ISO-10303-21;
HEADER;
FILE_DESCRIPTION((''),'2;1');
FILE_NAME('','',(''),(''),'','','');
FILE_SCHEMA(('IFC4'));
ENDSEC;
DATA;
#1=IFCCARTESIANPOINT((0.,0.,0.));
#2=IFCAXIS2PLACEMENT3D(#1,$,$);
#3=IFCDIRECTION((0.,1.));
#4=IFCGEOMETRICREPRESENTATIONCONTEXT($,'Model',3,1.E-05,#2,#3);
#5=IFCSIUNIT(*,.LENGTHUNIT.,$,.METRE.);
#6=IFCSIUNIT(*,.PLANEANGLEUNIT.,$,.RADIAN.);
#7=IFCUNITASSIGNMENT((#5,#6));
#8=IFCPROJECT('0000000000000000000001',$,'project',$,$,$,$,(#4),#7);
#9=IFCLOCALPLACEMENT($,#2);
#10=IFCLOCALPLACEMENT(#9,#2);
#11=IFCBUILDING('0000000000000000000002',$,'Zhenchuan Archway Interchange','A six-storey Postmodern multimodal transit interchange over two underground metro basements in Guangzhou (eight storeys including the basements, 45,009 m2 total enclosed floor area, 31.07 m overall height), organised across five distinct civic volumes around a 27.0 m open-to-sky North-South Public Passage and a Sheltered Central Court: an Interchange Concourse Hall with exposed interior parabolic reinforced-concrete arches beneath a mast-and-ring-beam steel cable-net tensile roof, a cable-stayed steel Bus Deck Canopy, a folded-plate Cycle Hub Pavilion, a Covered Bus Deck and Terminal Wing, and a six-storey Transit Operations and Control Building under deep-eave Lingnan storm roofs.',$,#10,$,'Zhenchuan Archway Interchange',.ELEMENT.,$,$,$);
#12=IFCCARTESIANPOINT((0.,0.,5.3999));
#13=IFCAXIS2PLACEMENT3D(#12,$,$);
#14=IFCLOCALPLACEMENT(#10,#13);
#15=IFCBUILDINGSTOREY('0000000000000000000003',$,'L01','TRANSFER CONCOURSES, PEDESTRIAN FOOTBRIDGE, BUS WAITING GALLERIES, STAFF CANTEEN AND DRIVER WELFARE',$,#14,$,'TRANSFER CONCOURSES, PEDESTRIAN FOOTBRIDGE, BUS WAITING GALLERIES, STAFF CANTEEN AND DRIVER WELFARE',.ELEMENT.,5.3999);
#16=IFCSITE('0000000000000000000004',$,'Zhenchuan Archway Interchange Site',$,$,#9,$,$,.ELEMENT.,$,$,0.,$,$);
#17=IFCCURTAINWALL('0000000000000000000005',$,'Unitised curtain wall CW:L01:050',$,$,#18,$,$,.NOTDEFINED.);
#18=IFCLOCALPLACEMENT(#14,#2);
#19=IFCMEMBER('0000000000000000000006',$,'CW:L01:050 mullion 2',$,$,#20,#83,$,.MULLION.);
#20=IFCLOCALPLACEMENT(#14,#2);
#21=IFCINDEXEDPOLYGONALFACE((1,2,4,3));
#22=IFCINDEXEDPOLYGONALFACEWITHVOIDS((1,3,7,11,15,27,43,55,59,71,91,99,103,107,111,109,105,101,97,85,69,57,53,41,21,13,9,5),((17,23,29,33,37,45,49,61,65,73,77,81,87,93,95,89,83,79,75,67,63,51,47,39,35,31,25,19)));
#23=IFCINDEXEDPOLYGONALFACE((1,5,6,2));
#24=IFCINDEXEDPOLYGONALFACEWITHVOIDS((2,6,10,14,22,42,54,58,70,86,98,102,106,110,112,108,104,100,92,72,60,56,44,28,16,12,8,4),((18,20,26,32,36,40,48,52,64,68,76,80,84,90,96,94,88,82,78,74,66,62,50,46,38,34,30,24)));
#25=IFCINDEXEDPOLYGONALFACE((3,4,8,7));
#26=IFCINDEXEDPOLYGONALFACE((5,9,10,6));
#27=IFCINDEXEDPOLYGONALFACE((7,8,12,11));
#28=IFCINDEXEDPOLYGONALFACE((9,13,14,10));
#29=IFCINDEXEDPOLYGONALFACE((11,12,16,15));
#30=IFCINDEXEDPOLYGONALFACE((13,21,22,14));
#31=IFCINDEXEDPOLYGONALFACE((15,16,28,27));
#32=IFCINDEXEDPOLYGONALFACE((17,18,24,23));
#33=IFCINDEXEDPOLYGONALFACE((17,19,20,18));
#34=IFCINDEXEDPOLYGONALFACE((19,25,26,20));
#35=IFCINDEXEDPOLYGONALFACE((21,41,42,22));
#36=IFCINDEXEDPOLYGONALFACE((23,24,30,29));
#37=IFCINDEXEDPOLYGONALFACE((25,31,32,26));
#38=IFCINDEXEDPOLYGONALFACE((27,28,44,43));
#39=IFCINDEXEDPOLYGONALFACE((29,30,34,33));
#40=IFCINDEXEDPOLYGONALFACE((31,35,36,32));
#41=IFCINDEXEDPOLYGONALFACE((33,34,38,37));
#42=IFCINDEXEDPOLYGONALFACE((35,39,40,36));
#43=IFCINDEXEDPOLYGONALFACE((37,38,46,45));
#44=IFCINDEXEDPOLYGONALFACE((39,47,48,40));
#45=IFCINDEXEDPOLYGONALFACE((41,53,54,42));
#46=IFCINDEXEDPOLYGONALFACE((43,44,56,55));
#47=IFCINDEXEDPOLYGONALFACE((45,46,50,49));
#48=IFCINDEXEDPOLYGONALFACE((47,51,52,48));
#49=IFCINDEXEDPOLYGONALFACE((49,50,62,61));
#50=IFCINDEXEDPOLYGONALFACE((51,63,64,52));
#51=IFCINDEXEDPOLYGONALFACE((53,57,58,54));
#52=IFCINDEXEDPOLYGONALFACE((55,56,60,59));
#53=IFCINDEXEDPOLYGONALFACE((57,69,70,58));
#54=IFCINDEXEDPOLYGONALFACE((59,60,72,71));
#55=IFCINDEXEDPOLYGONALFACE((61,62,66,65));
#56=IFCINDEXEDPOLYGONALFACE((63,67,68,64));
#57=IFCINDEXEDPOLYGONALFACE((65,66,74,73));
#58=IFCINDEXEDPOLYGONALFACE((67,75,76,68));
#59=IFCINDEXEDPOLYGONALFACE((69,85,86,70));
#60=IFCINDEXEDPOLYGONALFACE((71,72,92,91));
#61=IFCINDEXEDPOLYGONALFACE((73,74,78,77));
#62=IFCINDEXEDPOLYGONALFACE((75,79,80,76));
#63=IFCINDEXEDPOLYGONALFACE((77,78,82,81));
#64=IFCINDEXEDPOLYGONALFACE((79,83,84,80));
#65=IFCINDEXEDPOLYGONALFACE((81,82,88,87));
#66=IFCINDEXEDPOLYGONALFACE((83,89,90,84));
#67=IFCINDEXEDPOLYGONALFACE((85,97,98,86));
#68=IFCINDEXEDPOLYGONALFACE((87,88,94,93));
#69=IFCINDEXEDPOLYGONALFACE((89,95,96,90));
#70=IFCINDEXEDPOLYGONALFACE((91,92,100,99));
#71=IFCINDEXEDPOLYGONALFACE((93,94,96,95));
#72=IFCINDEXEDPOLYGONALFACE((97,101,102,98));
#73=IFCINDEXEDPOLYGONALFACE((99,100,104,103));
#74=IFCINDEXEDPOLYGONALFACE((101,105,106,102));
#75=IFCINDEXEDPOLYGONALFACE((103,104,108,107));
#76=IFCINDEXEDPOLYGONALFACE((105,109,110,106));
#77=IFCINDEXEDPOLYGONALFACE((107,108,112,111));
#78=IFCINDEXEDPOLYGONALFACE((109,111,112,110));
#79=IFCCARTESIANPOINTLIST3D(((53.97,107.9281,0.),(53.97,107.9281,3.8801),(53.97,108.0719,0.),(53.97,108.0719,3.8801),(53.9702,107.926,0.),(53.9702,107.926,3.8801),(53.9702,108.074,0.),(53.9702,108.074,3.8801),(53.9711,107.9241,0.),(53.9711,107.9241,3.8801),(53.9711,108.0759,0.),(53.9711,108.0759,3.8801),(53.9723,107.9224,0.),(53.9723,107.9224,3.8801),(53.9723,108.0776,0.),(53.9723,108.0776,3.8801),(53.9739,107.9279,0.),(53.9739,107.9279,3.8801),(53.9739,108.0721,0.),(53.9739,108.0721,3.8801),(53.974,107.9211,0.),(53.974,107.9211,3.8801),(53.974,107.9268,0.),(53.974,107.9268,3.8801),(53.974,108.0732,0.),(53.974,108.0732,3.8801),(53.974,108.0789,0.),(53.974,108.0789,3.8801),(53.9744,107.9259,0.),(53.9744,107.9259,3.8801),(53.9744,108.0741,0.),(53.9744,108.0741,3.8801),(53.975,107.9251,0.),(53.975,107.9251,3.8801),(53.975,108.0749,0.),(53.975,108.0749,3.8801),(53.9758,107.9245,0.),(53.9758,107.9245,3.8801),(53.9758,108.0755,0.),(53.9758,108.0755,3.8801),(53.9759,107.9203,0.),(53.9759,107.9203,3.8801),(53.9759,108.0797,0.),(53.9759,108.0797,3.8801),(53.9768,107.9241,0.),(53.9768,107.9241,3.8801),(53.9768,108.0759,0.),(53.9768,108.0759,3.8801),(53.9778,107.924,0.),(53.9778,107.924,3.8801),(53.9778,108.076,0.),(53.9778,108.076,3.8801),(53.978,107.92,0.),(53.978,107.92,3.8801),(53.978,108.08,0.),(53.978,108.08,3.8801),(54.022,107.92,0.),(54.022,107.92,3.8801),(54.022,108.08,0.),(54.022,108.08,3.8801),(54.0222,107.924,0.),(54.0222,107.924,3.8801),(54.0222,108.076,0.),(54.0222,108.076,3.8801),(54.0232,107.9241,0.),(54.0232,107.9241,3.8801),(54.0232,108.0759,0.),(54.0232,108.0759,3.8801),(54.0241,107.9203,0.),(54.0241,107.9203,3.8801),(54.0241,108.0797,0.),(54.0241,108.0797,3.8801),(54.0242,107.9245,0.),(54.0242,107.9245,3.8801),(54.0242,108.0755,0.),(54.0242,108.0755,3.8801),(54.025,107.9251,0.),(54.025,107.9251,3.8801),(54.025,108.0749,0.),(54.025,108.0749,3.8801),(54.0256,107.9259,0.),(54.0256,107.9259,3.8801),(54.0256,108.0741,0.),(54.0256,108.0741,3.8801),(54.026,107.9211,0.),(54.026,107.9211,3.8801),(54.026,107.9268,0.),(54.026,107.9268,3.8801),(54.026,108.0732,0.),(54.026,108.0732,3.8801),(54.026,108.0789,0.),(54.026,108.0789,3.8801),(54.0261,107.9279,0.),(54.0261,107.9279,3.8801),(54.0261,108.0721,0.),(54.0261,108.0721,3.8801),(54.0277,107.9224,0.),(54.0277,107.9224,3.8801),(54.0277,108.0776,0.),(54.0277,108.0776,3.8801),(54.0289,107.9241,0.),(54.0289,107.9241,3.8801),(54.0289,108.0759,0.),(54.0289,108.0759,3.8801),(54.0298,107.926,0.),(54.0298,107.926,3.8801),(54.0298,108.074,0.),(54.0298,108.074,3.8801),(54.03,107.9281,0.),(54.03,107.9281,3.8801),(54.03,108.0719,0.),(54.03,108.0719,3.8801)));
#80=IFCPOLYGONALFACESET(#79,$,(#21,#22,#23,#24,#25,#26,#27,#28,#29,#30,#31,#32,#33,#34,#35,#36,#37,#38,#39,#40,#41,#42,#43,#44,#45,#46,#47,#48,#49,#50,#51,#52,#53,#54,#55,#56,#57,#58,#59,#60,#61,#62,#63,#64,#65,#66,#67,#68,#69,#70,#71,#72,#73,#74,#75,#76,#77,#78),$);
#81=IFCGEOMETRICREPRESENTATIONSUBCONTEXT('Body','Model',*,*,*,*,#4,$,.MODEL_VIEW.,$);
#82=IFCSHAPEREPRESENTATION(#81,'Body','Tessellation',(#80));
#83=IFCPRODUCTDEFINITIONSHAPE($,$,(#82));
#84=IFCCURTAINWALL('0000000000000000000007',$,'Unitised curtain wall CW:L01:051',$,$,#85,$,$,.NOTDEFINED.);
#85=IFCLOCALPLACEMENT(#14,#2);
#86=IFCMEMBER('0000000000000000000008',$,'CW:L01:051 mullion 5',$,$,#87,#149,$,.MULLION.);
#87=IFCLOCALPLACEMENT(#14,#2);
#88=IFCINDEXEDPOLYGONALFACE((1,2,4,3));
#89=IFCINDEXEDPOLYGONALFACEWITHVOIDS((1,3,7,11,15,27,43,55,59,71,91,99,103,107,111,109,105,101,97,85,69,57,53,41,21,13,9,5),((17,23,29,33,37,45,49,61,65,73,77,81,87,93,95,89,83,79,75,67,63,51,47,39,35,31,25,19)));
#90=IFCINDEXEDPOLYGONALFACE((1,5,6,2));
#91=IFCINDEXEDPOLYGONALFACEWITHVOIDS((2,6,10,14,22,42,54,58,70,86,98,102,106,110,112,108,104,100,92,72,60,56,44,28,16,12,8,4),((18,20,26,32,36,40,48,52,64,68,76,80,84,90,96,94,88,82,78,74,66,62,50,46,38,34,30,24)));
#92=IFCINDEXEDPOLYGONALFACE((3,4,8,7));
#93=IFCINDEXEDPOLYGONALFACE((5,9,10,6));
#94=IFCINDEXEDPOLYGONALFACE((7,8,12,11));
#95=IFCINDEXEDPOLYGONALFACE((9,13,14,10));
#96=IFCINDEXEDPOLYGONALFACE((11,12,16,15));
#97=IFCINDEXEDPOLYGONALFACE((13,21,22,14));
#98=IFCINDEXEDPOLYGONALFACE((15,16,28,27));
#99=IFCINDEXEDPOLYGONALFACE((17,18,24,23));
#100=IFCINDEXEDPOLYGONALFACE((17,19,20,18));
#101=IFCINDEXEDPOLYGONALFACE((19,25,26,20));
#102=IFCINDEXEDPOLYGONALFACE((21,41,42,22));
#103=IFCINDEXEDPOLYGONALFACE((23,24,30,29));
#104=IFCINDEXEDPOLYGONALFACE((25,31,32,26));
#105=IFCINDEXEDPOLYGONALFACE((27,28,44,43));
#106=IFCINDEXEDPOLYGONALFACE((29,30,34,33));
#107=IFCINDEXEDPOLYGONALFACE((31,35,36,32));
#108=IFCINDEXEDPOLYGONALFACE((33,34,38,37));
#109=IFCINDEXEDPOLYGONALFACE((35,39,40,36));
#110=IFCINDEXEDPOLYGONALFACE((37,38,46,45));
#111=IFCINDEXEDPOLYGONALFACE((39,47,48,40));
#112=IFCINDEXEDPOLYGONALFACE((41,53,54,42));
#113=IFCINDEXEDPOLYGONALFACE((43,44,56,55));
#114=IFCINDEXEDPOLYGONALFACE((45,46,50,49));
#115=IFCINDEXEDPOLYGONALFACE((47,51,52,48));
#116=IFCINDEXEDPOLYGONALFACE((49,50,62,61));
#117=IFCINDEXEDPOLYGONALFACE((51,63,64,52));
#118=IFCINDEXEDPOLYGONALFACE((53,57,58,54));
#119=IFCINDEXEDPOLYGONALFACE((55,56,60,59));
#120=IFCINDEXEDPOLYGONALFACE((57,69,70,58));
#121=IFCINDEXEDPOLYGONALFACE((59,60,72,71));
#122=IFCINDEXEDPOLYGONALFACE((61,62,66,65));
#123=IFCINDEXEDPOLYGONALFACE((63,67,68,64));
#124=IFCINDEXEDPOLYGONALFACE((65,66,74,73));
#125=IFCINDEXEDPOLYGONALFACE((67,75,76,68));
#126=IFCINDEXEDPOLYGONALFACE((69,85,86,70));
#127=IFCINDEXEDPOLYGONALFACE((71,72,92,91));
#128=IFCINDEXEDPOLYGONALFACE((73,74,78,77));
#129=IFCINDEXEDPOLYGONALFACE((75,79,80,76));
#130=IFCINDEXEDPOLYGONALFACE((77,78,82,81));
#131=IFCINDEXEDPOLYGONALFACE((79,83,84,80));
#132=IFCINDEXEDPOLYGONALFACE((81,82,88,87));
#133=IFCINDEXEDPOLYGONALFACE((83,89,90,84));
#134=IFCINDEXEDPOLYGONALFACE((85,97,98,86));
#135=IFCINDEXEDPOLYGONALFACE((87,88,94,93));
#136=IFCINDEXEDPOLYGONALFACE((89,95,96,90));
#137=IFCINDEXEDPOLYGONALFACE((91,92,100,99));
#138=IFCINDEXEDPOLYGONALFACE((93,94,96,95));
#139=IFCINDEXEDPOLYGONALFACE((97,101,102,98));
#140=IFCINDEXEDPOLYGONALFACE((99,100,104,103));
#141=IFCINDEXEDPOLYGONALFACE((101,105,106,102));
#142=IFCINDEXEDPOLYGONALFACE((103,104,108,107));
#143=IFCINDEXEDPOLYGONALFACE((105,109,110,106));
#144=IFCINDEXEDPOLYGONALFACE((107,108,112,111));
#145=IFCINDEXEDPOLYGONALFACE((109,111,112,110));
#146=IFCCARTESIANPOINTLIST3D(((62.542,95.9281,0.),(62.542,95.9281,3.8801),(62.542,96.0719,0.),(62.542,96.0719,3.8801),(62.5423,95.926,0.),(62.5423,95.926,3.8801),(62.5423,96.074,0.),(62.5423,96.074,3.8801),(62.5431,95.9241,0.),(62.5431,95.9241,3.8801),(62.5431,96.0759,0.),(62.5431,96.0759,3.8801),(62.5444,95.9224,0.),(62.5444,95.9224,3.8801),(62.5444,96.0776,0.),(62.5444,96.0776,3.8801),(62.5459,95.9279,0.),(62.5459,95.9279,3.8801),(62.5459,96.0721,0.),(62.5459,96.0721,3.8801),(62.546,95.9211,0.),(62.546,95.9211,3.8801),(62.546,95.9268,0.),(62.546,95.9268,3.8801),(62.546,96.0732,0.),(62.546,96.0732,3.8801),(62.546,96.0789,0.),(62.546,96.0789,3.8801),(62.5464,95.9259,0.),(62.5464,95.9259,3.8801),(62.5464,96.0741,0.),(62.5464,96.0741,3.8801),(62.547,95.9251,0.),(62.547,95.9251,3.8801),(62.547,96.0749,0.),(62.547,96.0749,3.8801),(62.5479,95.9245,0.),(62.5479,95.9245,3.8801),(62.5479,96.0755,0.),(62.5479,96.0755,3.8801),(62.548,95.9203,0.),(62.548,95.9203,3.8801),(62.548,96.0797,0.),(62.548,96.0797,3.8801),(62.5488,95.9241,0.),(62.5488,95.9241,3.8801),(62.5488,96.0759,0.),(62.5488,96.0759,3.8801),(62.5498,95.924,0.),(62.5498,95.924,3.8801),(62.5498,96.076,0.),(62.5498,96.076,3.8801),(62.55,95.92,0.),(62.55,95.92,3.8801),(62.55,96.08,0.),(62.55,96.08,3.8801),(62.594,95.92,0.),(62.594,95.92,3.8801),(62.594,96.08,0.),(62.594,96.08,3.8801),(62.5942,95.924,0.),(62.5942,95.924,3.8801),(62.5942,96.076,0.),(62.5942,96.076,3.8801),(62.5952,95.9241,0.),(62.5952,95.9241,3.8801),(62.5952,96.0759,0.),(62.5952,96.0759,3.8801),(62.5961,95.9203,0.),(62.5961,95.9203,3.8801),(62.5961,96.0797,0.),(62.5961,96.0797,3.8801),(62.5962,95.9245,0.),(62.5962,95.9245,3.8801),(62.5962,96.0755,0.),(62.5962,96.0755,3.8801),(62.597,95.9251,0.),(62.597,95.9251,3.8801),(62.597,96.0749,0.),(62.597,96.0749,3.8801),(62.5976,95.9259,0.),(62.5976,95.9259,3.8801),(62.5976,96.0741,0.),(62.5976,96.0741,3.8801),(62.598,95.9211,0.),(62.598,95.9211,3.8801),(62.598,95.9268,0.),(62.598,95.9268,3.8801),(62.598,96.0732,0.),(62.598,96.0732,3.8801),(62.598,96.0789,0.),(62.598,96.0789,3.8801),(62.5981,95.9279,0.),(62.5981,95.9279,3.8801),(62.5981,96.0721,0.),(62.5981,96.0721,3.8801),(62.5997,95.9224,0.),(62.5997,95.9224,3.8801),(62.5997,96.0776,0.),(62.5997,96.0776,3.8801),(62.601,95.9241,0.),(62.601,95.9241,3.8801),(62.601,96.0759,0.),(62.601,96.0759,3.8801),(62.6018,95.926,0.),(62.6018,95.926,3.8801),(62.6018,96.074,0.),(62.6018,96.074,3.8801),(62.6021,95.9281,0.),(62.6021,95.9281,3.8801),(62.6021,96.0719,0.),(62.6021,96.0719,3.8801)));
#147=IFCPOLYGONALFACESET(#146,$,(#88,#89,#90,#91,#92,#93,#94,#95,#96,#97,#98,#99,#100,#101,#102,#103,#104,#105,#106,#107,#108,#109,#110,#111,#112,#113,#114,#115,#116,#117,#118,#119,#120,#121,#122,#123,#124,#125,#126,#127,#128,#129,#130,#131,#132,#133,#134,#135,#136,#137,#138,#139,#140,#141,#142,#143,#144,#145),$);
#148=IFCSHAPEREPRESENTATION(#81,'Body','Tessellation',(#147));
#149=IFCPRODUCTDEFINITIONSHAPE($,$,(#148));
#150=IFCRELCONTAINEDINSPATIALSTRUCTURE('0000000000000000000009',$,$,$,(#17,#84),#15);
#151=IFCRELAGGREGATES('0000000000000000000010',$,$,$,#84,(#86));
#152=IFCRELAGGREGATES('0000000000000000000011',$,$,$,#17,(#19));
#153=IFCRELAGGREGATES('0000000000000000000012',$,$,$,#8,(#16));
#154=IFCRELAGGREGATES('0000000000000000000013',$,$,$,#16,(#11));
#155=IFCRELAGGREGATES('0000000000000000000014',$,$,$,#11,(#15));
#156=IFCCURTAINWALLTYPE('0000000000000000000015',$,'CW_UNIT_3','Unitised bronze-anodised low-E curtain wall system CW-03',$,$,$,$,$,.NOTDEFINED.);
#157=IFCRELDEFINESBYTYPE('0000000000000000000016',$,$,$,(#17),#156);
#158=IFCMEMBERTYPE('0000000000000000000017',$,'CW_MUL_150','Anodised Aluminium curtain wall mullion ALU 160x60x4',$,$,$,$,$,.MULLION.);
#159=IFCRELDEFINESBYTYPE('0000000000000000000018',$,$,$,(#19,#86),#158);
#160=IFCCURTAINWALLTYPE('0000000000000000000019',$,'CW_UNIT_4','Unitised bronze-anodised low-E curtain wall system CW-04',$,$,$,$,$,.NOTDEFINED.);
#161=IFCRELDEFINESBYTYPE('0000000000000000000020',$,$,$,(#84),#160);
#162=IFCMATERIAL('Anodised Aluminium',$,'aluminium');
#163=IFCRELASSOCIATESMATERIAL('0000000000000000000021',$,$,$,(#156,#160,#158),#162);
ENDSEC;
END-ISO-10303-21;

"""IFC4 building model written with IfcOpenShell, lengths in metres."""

from ifc_helpers import new_model, si_unit, direction, frame, origin, origin_2d, place, context, subcontext, project, spatial, hollow_rectangle, extrude, material, material_profile, profile_set, type_object, element, aggregate, save


model = new_model("IFC4")

# Units and contexts
model_context = context("Model", 3, precision=1e-05, world=origin(), true_north=direction((0.0, 1.0)))
body_context = subcontext(model_context, "Body", "Model", "MODEL_VIEW")
ifc_project = project(units=[si_unit("LENGTHUNIT", "METRE"), si_unit("PLANEANGLEUNIT", "RADIAN")], contexts=[model_context])

# Site, building, storey
site_placement = place(None, origin())
site = spatial("IfcSite", under=ifc_project, at=site_placement, Name="Zhenchuan Archway Interchange Site", CompositionType="ELEMENT", RefElevation=0.0)
building_placement = place(site_placement, origin())
building = spatial("IfcBuilding", under=site, at=building_placement, Name="Zhenchuan Archway Interchange", Description="A six-storey Postmodern multimodal transit interchange over two underground metro basements in Guangzhou (eight storeys including the basements, 45,009 m2 total enclosed floor area, 31.07 m overall height), organised across five distinct civic volumes around a 27.0 m open-to-sky North-South Public Passage and a Sheltered Central Court: an Interchange Concourse Hall with exposed interior parabolic reinforced-concrete arches beneath a mast-and-ring-beam steel cable-net tensile roof, a cable-stayed steel Bus Deck Canopy, a folded-plate Cycle Hub Pavilion, a Covered Bus Deck and Terminal Wing, and a six-storey Transit Operations and Control Building under deep-eave Lingnan storm roofs.", LongName="Zhenchuan Archway Interchange", CompositionType="ELEMENT")
storey_placement = place(building_placement, frame((0.0, 0.0, 5.3999)))
storey = spatial("IfcBuildingStorey", under=building, at=storey_placement, Name="L01", Description="TRANSFER CONCOURSES, PEDESTRIAN FOOTBRIDGE, BUS WAITING GALLERIES, STAFF CANTEEN AND DRIVER WELFARE", LongName="TRANSFER CONCOURSES, PEDESTRIAN FOOTBRIDGE, BUS WAITING GALLERIES, STAFF CANTEEN AND DRIVER WELFARE", CompositionType="ELEMENT", Elevation=5.3999)

# Curtain wall, member
ifc_material_1 = material(Name="Anodised Aluminium", Category="aluminium")
curtain_wall_type_1 = type_object("IfcCurtainWallType", Name="CW_UNIT_3", Description="Unitised bronze-anodised low-E curtain wall system CW-03", PredefinedType="NOTDEFINED", material=ifc_material_1)
curtain_wall_1_placement = place(storey_placement, origin())
curtain_wall_1 = element("IfcCurtainWall", 1, at=curtain_wall_1_placement, inside=storey, type_object=curtain_wall_type_1, Name="Unitised curtain wall CW:L01:050", PredefinedType="NOTDEFINED")
ifc_material_profile_1 = material_profile(ifc_material_1, hollow_rectangle(XDim=0.0601, YDim=0.1599, WallThickness=0.0039, InnerFilletRadius=0.0039, OuterFilletRadius=0.0081, at=origin_2d()), Name="ALU 160x60x4")
ifc_profile_set_1 = profile_set([ifc_material_profile_1], Name="Anodised Aluminium")
member_type_1 = type_object("IfcMemberType", Name="CW_MUL_150", Description="Anodised Aluminium curtain wall mullion ALU 160x60x4", PredefinedType="MULLION", material=ifc_profile_set_1)
member_1_placement = place(storey_placement, frame((54.0, 108.0, 0.0), z_axis=(0.0, 0.0, 1.0), x_axis=(1.0, 0.0, 0.0)))
member_1 = element("IfcMember", 2, at=member_1_placement, type_object=member_type_1, Name="CW:L01:050 mullion 2", PredefinedType="MULLION", context=body_context, shape_type="SweptSolid", body=[
    extrude(hollow_rectangle(XDim=0.0601, YDim=0.1599, WallThickness=0.0039, InnerFilletRadius=0.0039, OuterFilletRadius=0.0081, at=origin_2d()), origin(), (0.0, 0.0, 1.0), 3.8801),
])

# Curtain wall, member
curtain_wall_type_2 = type_object("IfcCurtainWallType", Name="CW_UNIT_4", Description="Unitised bronze-anodised low-E curtain wall system CW-04", PredefinedType="NOTDEFINED", material=ifc_material_1)
curtain_wall_2_placement = place(storey_placement, origin())
curtain_wall_2 = element("IfcCurtainWall", 3, at=curtain_wall_2_placement, inside=storey, type_object=curtain_wall_type_2, Name="Unitised curtain wall CW:L01:051", PredefinedType="NOTDEFINED")
member_2_placement = place(storey_placement, frame((62.572, 96.0, 0.0), z_axis=(0.0, 0.0, 1.0), x_axis=(1.0, 0.0, 0.0)))
member_2 = element("IfcMember", 4, at=member_2_placement, type_object=member_type_1, Name="CW:L01:051 mullion 5", PredefinedType="MULLION", context=body_context, shape_type="SweptSolid", body=[
    extrude(hollow_rectangle(XDim=0.0601, YDim=0.1599, WallThickness=0.0039, InnerFilletRadius=0.0039, OuterFilletRadius=0.0081, at=origin_2d()), origin(), (0.0, 0.0, 1.0), 3.8801),
])

aggregate(curtain_wall_2, [member_2])
aggregate(curtain_wall_1, [member_1])

save(model, "model.ifc")
